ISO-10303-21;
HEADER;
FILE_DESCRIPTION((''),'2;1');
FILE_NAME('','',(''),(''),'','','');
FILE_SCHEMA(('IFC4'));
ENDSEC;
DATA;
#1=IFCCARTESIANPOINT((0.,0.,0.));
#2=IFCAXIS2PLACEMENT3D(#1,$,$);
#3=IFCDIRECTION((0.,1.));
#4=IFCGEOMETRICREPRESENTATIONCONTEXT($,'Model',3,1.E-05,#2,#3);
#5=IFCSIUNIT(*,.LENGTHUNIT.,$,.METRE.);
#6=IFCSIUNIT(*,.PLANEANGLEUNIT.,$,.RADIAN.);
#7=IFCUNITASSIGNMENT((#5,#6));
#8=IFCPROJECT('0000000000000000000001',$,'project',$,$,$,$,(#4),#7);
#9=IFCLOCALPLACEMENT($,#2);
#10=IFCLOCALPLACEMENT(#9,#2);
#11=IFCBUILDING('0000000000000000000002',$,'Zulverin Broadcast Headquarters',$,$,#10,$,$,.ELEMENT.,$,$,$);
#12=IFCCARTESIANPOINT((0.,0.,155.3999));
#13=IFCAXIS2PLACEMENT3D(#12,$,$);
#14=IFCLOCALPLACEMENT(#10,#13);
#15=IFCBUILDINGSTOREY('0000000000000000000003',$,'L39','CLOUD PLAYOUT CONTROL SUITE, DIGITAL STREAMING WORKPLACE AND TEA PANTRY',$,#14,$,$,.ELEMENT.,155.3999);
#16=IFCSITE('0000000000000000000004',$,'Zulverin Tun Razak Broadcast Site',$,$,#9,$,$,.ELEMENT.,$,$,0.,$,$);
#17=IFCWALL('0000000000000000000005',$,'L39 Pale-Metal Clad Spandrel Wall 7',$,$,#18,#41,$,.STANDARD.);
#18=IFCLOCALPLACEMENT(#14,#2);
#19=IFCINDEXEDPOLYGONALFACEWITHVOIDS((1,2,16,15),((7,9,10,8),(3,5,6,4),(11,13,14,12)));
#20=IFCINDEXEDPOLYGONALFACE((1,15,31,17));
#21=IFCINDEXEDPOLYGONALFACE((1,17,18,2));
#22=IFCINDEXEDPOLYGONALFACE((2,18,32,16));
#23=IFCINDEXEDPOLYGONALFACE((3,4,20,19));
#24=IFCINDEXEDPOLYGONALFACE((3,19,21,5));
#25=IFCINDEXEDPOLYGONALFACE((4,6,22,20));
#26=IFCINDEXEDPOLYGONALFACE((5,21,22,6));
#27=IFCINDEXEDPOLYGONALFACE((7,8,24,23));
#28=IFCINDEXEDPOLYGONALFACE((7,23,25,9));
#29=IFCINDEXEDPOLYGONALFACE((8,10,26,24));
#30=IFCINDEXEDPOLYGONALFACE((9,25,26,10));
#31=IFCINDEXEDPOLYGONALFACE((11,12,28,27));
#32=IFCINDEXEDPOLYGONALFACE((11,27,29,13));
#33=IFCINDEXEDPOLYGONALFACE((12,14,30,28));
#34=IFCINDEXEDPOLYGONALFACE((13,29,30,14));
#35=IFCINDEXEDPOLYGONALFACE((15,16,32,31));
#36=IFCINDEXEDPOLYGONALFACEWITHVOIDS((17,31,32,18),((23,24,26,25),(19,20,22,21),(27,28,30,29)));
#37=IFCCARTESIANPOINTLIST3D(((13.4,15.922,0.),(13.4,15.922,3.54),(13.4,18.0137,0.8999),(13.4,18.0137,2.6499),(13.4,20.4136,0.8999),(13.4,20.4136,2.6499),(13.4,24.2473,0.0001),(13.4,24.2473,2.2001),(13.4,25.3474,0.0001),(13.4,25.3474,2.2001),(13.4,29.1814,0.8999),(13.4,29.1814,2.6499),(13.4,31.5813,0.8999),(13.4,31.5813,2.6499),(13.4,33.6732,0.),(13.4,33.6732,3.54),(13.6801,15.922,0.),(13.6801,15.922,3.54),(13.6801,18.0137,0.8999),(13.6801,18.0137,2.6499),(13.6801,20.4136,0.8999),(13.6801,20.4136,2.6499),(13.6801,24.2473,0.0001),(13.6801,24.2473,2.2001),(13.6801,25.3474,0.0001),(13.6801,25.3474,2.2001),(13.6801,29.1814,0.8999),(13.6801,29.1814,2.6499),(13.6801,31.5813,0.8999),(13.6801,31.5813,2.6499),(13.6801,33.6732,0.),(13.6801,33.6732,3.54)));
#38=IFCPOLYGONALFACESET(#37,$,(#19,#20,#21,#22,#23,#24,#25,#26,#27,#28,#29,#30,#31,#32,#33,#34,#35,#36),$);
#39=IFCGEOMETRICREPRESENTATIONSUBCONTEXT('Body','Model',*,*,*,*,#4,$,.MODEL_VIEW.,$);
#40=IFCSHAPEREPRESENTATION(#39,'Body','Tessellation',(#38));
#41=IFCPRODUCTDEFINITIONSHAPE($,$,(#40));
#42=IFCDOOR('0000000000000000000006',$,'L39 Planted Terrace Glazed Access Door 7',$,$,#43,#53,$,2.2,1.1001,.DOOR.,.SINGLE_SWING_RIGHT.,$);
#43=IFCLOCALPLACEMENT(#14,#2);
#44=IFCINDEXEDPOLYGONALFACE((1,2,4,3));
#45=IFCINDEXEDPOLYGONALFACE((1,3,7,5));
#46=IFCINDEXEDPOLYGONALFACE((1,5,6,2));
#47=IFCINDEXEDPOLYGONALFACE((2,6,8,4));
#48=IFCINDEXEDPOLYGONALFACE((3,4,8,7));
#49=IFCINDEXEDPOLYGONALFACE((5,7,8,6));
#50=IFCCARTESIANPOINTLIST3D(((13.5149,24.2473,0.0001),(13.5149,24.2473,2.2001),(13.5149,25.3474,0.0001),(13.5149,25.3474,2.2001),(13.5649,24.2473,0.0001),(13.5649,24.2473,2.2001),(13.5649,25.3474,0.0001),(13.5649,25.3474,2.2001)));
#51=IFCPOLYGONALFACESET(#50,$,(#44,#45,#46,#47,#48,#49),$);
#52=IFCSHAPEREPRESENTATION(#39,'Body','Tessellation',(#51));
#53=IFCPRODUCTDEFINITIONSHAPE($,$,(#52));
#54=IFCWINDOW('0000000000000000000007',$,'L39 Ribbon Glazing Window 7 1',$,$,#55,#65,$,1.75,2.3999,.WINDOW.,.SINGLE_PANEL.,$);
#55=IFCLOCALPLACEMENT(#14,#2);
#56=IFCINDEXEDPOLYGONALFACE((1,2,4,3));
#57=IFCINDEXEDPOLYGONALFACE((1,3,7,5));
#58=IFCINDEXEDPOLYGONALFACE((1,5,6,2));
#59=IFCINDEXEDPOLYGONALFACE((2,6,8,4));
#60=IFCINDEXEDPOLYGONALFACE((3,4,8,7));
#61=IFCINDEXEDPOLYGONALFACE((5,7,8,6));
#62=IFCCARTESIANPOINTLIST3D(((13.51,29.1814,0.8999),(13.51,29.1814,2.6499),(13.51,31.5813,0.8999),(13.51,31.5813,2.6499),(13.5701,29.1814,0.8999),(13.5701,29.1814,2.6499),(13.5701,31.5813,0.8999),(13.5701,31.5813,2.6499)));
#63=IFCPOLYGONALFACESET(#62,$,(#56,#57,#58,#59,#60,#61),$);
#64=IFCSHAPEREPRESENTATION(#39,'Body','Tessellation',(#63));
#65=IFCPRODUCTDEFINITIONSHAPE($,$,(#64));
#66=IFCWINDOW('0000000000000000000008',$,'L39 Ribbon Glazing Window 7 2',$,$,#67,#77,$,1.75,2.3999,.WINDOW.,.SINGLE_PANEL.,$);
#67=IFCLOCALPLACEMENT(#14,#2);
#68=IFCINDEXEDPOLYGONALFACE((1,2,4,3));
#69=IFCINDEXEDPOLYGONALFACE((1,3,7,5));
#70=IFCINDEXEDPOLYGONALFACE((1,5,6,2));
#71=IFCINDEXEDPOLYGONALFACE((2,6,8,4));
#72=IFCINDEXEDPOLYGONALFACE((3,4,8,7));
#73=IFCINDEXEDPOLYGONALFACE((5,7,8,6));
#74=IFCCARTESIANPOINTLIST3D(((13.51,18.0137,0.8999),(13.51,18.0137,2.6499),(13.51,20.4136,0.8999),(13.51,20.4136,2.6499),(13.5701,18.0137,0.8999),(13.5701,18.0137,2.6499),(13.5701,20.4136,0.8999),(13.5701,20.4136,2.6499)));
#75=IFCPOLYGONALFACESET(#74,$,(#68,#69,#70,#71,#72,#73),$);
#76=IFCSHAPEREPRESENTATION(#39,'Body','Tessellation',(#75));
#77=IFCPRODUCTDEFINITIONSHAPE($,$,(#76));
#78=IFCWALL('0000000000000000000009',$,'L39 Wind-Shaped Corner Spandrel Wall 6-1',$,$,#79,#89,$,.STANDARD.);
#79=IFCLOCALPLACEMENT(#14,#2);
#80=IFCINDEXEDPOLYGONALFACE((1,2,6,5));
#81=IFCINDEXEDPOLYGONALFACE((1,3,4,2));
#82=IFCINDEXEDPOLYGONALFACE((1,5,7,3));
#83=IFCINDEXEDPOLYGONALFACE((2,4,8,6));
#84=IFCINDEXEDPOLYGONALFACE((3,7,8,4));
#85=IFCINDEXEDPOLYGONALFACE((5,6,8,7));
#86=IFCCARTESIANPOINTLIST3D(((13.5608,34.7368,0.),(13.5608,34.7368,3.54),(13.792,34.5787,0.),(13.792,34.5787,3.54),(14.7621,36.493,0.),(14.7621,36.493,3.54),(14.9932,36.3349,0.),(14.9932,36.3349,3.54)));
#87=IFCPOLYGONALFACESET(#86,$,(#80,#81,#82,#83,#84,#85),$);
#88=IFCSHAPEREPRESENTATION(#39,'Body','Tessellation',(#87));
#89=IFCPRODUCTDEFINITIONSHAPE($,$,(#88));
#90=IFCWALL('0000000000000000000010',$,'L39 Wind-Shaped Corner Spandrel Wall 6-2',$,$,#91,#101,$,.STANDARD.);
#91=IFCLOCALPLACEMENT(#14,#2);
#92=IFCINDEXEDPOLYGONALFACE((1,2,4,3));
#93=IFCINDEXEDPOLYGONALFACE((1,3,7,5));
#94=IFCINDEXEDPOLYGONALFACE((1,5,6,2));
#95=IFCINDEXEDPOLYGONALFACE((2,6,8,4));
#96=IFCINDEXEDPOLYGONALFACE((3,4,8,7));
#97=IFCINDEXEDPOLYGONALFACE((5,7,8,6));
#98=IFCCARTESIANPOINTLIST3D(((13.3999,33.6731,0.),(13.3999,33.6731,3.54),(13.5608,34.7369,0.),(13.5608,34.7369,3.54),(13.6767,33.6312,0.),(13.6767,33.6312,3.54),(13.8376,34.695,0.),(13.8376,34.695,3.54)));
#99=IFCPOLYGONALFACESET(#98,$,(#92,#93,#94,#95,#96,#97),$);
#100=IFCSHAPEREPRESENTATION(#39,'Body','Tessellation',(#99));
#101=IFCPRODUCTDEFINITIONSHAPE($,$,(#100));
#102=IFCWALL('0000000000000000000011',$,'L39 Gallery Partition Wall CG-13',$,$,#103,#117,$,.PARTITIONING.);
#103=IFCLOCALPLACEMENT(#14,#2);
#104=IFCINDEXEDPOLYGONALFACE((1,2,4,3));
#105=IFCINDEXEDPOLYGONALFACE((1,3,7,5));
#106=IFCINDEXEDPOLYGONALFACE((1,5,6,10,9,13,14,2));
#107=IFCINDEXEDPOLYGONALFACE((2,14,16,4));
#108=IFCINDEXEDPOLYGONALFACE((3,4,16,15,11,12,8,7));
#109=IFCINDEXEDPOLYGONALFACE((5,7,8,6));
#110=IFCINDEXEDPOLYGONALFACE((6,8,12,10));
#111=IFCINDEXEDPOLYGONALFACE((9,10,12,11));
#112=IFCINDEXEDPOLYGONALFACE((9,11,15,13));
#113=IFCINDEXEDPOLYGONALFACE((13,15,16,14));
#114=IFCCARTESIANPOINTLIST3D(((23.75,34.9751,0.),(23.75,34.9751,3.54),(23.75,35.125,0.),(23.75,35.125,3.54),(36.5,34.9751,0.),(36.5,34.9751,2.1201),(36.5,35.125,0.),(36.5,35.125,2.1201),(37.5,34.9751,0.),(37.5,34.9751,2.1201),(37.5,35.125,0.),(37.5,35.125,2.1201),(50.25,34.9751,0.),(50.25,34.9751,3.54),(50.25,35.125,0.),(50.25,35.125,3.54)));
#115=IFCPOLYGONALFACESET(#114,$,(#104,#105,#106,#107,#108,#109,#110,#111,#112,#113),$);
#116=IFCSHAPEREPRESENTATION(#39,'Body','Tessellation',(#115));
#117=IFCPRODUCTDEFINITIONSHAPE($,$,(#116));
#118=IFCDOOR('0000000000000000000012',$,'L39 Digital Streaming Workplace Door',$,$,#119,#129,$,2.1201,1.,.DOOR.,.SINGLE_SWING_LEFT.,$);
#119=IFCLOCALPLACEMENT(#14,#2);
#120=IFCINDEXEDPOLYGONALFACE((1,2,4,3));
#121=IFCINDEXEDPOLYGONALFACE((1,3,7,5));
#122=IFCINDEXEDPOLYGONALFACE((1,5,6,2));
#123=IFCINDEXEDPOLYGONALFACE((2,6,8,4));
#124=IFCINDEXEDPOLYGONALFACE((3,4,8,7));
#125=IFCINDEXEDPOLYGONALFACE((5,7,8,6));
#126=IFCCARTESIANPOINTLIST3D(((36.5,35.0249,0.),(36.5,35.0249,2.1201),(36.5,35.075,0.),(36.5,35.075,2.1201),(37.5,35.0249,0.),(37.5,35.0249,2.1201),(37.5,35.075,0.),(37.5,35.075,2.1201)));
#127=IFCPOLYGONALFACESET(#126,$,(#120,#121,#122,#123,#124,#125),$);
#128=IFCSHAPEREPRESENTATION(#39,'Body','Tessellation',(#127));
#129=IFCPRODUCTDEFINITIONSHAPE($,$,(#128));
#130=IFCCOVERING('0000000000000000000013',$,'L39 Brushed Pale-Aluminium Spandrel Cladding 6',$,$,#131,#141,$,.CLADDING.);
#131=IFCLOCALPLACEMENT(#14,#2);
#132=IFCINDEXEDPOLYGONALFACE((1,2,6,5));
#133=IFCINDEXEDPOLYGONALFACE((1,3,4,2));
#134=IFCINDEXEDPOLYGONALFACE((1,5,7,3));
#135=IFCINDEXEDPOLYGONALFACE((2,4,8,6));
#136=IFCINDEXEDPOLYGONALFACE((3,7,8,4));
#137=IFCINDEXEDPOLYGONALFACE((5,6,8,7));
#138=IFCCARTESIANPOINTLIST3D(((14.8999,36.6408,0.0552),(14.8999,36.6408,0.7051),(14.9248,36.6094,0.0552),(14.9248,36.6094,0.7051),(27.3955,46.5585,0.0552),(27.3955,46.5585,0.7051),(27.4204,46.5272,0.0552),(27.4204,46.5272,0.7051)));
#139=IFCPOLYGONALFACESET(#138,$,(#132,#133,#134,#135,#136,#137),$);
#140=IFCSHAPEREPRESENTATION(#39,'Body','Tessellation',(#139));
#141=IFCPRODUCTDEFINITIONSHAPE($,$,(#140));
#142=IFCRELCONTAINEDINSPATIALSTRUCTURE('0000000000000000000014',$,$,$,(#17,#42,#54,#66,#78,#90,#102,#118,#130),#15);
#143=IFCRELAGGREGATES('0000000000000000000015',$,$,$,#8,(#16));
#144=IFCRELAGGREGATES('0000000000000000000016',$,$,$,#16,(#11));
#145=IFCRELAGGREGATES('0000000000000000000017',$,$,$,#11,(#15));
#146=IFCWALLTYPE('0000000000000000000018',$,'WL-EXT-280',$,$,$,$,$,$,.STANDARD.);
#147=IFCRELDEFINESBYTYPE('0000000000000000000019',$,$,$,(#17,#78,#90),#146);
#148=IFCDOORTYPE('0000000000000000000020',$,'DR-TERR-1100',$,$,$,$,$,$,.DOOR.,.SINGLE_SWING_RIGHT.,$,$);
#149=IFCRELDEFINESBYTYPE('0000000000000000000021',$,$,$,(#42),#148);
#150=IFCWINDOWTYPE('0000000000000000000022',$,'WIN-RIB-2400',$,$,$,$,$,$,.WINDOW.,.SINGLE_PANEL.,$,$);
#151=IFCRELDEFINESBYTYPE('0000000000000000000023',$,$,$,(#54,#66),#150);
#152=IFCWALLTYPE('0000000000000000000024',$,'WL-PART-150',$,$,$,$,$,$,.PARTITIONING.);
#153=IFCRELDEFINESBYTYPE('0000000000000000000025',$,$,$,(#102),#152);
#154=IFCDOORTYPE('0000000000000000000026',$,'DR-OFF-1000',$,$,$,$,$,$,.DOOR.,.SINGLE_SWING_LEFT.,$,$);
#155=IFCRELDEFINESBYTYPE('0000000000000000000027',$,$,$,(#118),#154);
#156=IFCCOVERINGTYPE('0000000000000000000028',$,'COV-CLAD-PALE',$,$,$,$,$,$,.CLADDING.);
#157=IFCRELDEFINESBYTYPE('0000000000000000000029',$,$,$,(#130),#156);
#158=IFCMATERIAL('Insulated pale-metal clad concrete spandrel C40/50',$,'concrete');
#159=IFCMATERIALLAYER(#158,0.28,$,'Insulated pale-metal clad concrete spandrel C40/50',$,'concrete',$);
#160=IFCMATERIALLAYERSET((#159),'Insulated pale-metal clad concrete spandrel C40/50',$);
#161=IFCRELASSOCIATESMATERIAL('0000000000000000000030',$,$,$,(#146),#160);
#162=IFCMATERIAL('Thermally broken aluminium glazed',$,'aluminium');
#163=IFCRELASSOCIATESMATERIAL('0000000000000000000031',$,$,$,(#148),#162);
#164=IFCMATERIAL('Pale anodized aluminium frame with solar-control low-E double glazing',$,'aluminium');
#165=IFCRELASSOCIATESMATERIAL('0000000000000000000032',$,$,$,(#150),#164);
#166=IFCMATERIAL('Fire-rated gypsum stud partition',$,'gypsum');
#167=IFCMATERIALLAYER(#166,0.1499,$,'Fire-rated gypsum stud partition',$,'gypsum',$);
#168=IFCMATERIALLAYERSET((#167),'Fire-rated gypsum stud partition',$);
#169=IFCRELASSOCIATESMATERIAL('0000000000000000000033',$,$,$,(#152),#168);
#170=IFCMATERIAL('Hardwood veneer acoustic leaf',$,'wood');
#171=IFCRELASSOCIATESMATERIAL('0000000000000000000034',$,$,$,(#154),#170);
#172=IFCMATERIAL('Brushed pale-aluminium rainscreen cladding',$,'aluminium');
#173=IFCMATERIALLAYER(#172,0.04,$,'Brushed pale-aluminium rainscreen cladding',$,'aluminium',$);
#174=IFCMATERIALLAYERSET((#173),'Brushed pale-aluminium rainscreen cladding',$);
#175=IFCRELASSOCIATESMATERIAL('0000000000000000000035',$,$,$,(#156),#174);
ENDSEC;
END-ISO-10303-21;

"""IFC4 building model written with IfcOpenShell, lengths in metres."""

from ifc_helpers import new_model, si_unit, direction, frame, frame_2d, origin, origin_2d, place, context, subcontext, project, spatial, rectangle, extrude, material, layer, layer_set, type_object, element, fill, save


model = new_model("IFC4")

# Units and contexts
model_context = context("Model", 3, precision=1e-05, world=origin(), true_north=direction((0.0, 1.0)))
body_context = subcontext(model_context, "Body", "Model", "MODEL_VIEW")
ifc_project = project(units=[si_unit("LENGTHUNIT", "METRE"), si_unit("PLANEANGLEUNIT", "RADIAN")], contexts=[model_context])

# Site, building, storey
site_placement = place(None, origin())
site = spatial("IfcSite", under=ifc_project, at=site_placement, Name="Zulverin Tun Razak Broadcast Site", CompositionType="ELEMENT", RefElevation=0.0)
building_placement = place(site_placement, origin())
building = spatial("IfcBuilding", under=site, at=building_placement, Name="Zulverin Broadcast Headquarters", CompositionType="ELEMENT")
storey_placement = place(building_placement, frame((0.0, 0.0, 155.3999)))
storey = spatial("IfcBuildingStorey", under=building, at=storey_placement, Name="L39", Description="CLOUD PLAYOUT CONTROL SUITE, DIGITAL STREAMING WORKPLACE AND TEA PANTRY", CompositionType="ELEMENT", Elevation=155.3999)

# Wall, openings, door, windows
ifc_material_1 = material(Name="Insulated pale-metal clad concrete spandrel C40/50", Category="concrete")
ifc_layer_1 = layer(ifc_material_1, 0.28, Name="Insulated pale-metal clad concrete spandrel C40/50", Category="concrete")
ifc_layer_set_1 = layer_set([ifc_layer_1], Name="Insulated pale-metal clad concrete spandrel C40/50")
wall_type_1 = type_object("IfcWallType", Name="WL-EXT-280", PredefinedType="STANDARD", material=ifc_layer_set_1)
wall_1_placement = place(storey_placement, frame((13.54, 33.6731, 0.0), z_axis=(0.0, 0.0, 1.0), x_axis=(0.0, -1.0, 0.0)))
wall_1 = element("IfcWall", 1, at=wall_1_placement, inside=storey, type_object=wall_type_1, Name="L39 Pale-Metal Clad Spandrel Wall 7", PredefinedType="STANDARD", context=body_context, shape_type="SweptSolid", body=[
    extrude(rectangle(XDim=17.7512, YDim=0.28, at=frame_2d((8.8755, 0.0))), origin(), (0.0, 0.0, 1.0), 3.54),
])
opening_1_placement = place(wall_1_placement, frame((8.3257, 0.0, 0.0)))
opening_1 = element("IfcOpeningElement", 2, at=opening_1_placement, cuts=wall_1, PredefinedType="OPENING", context=body_context, shape_type="SweptSolid", body=[
    extrude(rectangle(XDim=1.1001, YDim=2.2, at=frame_2d((0.55, 1.1001))), frame((0.0, 0.1499, 0.0), z_axis=(0.0, -1.0, 0.0), x_axis=(1.0, 0.0, 0.0)), (0.0, 0.0, 1.0), 0.3),
])
opening_2_placement = place(wall_1_placement, frame((2.0918, 0.0, 0.8999)))
opening_2 = element("IfcOpeningElement", 3, at=opening_2_placement, cuts=wall_1, PredefinedType="OPENING", context=body_context, shape_type="SweptSolid", body=[
    extrude(rectangle(XDim=2.3999, YDim=1.75, at=frame_2d((1.2, 0.875))), frame((0.0, 0.1499, 0.0), z_axis=(0.0, -1.0, 0.0), x_axis=(1.0, 0.0, 0.0)), (0.0, 0.0, 1.0), 0.3),
])
opening_3_placement = place(wall_1_placement, frame((13.2595, 0.0, 0.8999)))
opening_3 = element("IfcOpeningElement", 4, at=opening_3_placement, cuts=wall_1, PredefinedType="OPENING", context=body_context, shape_type="SweptSolid", body=[
    extrude(rectangle(XDim=2.3999, YDim=1.75, at=frame_2d((1.2, 0.875))), frame((0.0, 0.1499, 0.0), z_axis=(0.0, -1.0, 0.0), x_axis=(1.0, 0.0, 0.0)), (0.0, 0.0, 1.0), 0.3),
])
ifc_material_2 = material(Name="Thermally broken aluminium glazed", Category="aluminium")
door_type_1 = type_object("IfcDoorType", Name="DR-TERR-1100", OperationType="SINGLE_SWING_RIGHT", PredefinedType="DOOR", material=ifc_material_2)
door_1_placement = place(opening_1_placement, origin())
door_1 = element("IfcDoor", 5, at=door_1_placement, inside=storey, type_object=door_type_1, Name="L39 Planted Terrace Glazed Access Door 7", OperationType="SINGLE_SWING_RIGHT", OverallHeight=2.2, OverallWidth=1.1001, PredefinedType="DOOR", context=body_context, shape_type="SweptSolid", body=[
    extrude(rectangle(XDim=1.1001, YDim=2.2, at=frame_2d((0.55, 1.1001))), frame((0.0, 0.0249, 0.0), z_axis=(0.0, -1.0, 0.0), x_axis=(1.0, 0.0, 0.0)), (0.0, 0.0, 1.0), 0.05),
])
fill(opening_1, door_1)
ifc_material_3 = material(Name="Pale anodized aluminium frame with solar-control low-E double glazing", Category="aluminium")
window_type = type_object("IfcWindowType", Name="WIN-RIB-2400", PartitioningType="SINGLE_PANEL", PredefinedType="WINDOW", material=ifc_material_3)
window_1_placement = place(opening_2_placement, origin())
window_1 = element("IfcWindow", 6, at=window_1_placement, inside=storey, type_object=window_type, Name="L39 Ribbon Glazing Window 7 1", OverallHeight=1.75, OverallWidth=2.3999, PartitioningType="SINGLE_PANEL", PredefinedType="WINDOW", context=body_context, shape_type="SweptSolid", body=[
    extrude(rectangle(XDim=2.3999, YDim=1.75, at=frame_2d((1.2, 0.875))), frame((0.0, 0.03, 0.0), z_axis=(0.0, -1.0, 0.0), x_axis=(1.0, 0.0, 0.0)), (0.0, 0.0, 1.0), 0.0601),
])
fill(opening_2, window_1)
window_2_placement = place(opening_3_placement, origin())
window_2 = element("IfcWindow", 7, at=window_2_placement, inside=storey, type_object=window_type, Name="L39 Ribbon Glazing Window 7 2", OverallHeight=1.75, OverallWidth=2.3999, PartitioningType="SINGLE_PANEL", PredefinedType="WINDOW", context=body_context, shape_type="SweptSolid", body=[
    extrude(rectangle(XDim=2.3999, YDim=1.75, at=frame_2d((1.2, 0.875))), frame((0.0, 0.03, 0.0), z_axis=(0.0, -1.0, 0.0), x_axis=(1.0, 0.0, 0.0)), (0.0, 0.0, 1.0), 0.0601),
])
fill(opening_3, window_2)

# Walls
wall_2_placement = place(storey_placement, frame((14.8777, 36.4141, 0.0), z_axis=(0.0, 0.0, 1.0), x_axis=(-0.564565, -0.825389, 0.0)))
element("IfcWall", 8, at=wall_2_placement, inside=storey, type_object=wall_type_1, Name="L39 Wind-Shaped Corner Spandrel Wall 6-1", PredefinedType="STANDARD", context=body_context, shape_type="SweptSolid", body=[
    extrude(rectangle(XDim=2.1277, YDim=0.28, at=frame_2d((1.064, 0.0))), origin(), (0.0, 0.0, 1.0), 3.54),
])
wall_3_placement = place(storey_placement, frame((13.6992, 34.7161, 0.0), z_axis=(0.0, 0.0, 1.0), x_axis=(-0.14955, -0.988754, 0.0)))
element("IfcWall", 9, at=wall_3_placement, inside=storey, type_object=wall_type_1, Name="L39 Wind-Shaped Corner Spandrel Wall 6-2", PredefinedType="STANDARD", context=body_context, shape_type="SweptSolid", body=[
    extrude(rectangle(XDim=1.0759, YDim=0.28, at=frame_2d((0.5381, 0.0))), origin(), (0.0, 0.0, 1.0), 3.54),
])

# Wall, opening, door
ifc_material_4 = material(Name="Fire-rated gypsum stud partition", Category="gypsum")
ifc_layer_2 = layer(ifc_material_4, 0.1499, Name="Fire-rated gypsum stud partition", Category="gypsum")
ifc_layer_set_2 = layer_set([ifc_layer_2], Name="Fire-rated gypsum stud partition")
wall_type_2 = type_object("IfcWallType", Name="WL-PART-150", PredefinedType="PARTITIONING", material=ifc_layer_set_2)
wall_4_placement = place(storey_placement, frame((23.75, 35.05, 0.0), z_axis=(0.0, 0.0, 1.0), x_axis=(1.0, 0.0, 0.0)))
wall_4 = element("IfcWall", 10, at=wall_4_placement, inside=storey, type_object=wall_type_2, Name="L39 Gallery Partition Wall CG-13", PredefinedType="PARTITIONING", context=body_context, shape_type="SweptSolid", body=[
    extrude(rectangle(XDim=26.5, YDim=0.1499, at=frame_2d((13.25, 0.0))), origin(), (0.0, 0.0, 1.0), 3.54),
])
opening_4_placement = place(wall_4_placement, frame((12.75, 0.0, 0.0)))
opening_4 = element("IfcOpeningElement", 11, at=opening_4_placement, cuts=wall_4, PredefinedType="OPENING", context=body_context, shape_type="SweptSolid", body=[
    extrude(rectangle(XDim=1.0, YDim=2.1201, at=frame_2d((0.5, 1.0601))), frame((0.0, 0.085, 0.0), z_axis=(0.0, -1.0, 0.0), x_axis=(1.0, 0.0, 0.0)), (0.0, 0.0, 1.0), 0.1699),
])
ifc_material_5 = material(Name="Hardwood veneer acoustic leaf", Category="wood")
door_type_2 = type_object("IfcDoorType", Name="DR-OFF-1000", OperationType="SINGLE_SWING_LEFT", PredefinedType="DOOR", material=ifc_material_5)
door_2_placement = place(opening_4_placement, origin())
door_2 = element("IfcDoor", 12, at=door_2_placement, inside=storey, type_object=door_type_2, Name="L39 Digital Streaming Workplace Door", OperationType="SINGLE_SWING_LEFT", OverallHeight=2.1201, OverallWidth=1.0, PredefinedType="DOOR", context=body_context, shape_type="SweptSolid", body=[
    extrude(rectangle(XDim=1.0, YDim=2.1201, at=frame_2d((0.5, 1.0601))), frame((0.0, 0.0249, 0.0), z_axis=(0.0, -1.0, 0.0), x_axis=(1.0, 0.0, 0.0)), (0.0, 0.0, 1.0), 0.05),
])
fill(opening_4, door_2)

# Covering
ifc_material_6 = material(Name="Brushed pale-aluminium rainscreen cladding", Category="aluminium")
ifc_layer_3 = layer(ifc_material_6, 0.04, Name="Brushed pale-aluminium rainscreen cladding", Category="aluminium")
ifc_layer_set_3 = layer_set([ifc_layer_3], Name="Brushed pale-aluminium rainscreen cladding")
covering_type = type_object("IfcCoveringType", Name="COV-CLAD-PALE", PredefinedType="CLADDING", material=ifc_layer_set_3)
covering_placement = place(storey_placement, frame((21.1602, 41.584, 0.0552), z_axis=(0.0, 0.0, 1.0), x_axis=(-0.78327, -0.621681, 0.0)))
element("IfcCovering", 13, at=covering_placement, inside=storey, type_object=covering_type, Name="L39 Brushed Pale-Aluminium Spandrel Cladding 6", PredefinedType="CLADDING", context=body_context, shape_type="SweptSolid", body=[
    extrude(rectangle(XDim=15.9531, YDim=0.04, at=origin_2d()), origin(), (0.0, 0.0, 1.0), 0.6499),
])

save(model, "model.ifc")
